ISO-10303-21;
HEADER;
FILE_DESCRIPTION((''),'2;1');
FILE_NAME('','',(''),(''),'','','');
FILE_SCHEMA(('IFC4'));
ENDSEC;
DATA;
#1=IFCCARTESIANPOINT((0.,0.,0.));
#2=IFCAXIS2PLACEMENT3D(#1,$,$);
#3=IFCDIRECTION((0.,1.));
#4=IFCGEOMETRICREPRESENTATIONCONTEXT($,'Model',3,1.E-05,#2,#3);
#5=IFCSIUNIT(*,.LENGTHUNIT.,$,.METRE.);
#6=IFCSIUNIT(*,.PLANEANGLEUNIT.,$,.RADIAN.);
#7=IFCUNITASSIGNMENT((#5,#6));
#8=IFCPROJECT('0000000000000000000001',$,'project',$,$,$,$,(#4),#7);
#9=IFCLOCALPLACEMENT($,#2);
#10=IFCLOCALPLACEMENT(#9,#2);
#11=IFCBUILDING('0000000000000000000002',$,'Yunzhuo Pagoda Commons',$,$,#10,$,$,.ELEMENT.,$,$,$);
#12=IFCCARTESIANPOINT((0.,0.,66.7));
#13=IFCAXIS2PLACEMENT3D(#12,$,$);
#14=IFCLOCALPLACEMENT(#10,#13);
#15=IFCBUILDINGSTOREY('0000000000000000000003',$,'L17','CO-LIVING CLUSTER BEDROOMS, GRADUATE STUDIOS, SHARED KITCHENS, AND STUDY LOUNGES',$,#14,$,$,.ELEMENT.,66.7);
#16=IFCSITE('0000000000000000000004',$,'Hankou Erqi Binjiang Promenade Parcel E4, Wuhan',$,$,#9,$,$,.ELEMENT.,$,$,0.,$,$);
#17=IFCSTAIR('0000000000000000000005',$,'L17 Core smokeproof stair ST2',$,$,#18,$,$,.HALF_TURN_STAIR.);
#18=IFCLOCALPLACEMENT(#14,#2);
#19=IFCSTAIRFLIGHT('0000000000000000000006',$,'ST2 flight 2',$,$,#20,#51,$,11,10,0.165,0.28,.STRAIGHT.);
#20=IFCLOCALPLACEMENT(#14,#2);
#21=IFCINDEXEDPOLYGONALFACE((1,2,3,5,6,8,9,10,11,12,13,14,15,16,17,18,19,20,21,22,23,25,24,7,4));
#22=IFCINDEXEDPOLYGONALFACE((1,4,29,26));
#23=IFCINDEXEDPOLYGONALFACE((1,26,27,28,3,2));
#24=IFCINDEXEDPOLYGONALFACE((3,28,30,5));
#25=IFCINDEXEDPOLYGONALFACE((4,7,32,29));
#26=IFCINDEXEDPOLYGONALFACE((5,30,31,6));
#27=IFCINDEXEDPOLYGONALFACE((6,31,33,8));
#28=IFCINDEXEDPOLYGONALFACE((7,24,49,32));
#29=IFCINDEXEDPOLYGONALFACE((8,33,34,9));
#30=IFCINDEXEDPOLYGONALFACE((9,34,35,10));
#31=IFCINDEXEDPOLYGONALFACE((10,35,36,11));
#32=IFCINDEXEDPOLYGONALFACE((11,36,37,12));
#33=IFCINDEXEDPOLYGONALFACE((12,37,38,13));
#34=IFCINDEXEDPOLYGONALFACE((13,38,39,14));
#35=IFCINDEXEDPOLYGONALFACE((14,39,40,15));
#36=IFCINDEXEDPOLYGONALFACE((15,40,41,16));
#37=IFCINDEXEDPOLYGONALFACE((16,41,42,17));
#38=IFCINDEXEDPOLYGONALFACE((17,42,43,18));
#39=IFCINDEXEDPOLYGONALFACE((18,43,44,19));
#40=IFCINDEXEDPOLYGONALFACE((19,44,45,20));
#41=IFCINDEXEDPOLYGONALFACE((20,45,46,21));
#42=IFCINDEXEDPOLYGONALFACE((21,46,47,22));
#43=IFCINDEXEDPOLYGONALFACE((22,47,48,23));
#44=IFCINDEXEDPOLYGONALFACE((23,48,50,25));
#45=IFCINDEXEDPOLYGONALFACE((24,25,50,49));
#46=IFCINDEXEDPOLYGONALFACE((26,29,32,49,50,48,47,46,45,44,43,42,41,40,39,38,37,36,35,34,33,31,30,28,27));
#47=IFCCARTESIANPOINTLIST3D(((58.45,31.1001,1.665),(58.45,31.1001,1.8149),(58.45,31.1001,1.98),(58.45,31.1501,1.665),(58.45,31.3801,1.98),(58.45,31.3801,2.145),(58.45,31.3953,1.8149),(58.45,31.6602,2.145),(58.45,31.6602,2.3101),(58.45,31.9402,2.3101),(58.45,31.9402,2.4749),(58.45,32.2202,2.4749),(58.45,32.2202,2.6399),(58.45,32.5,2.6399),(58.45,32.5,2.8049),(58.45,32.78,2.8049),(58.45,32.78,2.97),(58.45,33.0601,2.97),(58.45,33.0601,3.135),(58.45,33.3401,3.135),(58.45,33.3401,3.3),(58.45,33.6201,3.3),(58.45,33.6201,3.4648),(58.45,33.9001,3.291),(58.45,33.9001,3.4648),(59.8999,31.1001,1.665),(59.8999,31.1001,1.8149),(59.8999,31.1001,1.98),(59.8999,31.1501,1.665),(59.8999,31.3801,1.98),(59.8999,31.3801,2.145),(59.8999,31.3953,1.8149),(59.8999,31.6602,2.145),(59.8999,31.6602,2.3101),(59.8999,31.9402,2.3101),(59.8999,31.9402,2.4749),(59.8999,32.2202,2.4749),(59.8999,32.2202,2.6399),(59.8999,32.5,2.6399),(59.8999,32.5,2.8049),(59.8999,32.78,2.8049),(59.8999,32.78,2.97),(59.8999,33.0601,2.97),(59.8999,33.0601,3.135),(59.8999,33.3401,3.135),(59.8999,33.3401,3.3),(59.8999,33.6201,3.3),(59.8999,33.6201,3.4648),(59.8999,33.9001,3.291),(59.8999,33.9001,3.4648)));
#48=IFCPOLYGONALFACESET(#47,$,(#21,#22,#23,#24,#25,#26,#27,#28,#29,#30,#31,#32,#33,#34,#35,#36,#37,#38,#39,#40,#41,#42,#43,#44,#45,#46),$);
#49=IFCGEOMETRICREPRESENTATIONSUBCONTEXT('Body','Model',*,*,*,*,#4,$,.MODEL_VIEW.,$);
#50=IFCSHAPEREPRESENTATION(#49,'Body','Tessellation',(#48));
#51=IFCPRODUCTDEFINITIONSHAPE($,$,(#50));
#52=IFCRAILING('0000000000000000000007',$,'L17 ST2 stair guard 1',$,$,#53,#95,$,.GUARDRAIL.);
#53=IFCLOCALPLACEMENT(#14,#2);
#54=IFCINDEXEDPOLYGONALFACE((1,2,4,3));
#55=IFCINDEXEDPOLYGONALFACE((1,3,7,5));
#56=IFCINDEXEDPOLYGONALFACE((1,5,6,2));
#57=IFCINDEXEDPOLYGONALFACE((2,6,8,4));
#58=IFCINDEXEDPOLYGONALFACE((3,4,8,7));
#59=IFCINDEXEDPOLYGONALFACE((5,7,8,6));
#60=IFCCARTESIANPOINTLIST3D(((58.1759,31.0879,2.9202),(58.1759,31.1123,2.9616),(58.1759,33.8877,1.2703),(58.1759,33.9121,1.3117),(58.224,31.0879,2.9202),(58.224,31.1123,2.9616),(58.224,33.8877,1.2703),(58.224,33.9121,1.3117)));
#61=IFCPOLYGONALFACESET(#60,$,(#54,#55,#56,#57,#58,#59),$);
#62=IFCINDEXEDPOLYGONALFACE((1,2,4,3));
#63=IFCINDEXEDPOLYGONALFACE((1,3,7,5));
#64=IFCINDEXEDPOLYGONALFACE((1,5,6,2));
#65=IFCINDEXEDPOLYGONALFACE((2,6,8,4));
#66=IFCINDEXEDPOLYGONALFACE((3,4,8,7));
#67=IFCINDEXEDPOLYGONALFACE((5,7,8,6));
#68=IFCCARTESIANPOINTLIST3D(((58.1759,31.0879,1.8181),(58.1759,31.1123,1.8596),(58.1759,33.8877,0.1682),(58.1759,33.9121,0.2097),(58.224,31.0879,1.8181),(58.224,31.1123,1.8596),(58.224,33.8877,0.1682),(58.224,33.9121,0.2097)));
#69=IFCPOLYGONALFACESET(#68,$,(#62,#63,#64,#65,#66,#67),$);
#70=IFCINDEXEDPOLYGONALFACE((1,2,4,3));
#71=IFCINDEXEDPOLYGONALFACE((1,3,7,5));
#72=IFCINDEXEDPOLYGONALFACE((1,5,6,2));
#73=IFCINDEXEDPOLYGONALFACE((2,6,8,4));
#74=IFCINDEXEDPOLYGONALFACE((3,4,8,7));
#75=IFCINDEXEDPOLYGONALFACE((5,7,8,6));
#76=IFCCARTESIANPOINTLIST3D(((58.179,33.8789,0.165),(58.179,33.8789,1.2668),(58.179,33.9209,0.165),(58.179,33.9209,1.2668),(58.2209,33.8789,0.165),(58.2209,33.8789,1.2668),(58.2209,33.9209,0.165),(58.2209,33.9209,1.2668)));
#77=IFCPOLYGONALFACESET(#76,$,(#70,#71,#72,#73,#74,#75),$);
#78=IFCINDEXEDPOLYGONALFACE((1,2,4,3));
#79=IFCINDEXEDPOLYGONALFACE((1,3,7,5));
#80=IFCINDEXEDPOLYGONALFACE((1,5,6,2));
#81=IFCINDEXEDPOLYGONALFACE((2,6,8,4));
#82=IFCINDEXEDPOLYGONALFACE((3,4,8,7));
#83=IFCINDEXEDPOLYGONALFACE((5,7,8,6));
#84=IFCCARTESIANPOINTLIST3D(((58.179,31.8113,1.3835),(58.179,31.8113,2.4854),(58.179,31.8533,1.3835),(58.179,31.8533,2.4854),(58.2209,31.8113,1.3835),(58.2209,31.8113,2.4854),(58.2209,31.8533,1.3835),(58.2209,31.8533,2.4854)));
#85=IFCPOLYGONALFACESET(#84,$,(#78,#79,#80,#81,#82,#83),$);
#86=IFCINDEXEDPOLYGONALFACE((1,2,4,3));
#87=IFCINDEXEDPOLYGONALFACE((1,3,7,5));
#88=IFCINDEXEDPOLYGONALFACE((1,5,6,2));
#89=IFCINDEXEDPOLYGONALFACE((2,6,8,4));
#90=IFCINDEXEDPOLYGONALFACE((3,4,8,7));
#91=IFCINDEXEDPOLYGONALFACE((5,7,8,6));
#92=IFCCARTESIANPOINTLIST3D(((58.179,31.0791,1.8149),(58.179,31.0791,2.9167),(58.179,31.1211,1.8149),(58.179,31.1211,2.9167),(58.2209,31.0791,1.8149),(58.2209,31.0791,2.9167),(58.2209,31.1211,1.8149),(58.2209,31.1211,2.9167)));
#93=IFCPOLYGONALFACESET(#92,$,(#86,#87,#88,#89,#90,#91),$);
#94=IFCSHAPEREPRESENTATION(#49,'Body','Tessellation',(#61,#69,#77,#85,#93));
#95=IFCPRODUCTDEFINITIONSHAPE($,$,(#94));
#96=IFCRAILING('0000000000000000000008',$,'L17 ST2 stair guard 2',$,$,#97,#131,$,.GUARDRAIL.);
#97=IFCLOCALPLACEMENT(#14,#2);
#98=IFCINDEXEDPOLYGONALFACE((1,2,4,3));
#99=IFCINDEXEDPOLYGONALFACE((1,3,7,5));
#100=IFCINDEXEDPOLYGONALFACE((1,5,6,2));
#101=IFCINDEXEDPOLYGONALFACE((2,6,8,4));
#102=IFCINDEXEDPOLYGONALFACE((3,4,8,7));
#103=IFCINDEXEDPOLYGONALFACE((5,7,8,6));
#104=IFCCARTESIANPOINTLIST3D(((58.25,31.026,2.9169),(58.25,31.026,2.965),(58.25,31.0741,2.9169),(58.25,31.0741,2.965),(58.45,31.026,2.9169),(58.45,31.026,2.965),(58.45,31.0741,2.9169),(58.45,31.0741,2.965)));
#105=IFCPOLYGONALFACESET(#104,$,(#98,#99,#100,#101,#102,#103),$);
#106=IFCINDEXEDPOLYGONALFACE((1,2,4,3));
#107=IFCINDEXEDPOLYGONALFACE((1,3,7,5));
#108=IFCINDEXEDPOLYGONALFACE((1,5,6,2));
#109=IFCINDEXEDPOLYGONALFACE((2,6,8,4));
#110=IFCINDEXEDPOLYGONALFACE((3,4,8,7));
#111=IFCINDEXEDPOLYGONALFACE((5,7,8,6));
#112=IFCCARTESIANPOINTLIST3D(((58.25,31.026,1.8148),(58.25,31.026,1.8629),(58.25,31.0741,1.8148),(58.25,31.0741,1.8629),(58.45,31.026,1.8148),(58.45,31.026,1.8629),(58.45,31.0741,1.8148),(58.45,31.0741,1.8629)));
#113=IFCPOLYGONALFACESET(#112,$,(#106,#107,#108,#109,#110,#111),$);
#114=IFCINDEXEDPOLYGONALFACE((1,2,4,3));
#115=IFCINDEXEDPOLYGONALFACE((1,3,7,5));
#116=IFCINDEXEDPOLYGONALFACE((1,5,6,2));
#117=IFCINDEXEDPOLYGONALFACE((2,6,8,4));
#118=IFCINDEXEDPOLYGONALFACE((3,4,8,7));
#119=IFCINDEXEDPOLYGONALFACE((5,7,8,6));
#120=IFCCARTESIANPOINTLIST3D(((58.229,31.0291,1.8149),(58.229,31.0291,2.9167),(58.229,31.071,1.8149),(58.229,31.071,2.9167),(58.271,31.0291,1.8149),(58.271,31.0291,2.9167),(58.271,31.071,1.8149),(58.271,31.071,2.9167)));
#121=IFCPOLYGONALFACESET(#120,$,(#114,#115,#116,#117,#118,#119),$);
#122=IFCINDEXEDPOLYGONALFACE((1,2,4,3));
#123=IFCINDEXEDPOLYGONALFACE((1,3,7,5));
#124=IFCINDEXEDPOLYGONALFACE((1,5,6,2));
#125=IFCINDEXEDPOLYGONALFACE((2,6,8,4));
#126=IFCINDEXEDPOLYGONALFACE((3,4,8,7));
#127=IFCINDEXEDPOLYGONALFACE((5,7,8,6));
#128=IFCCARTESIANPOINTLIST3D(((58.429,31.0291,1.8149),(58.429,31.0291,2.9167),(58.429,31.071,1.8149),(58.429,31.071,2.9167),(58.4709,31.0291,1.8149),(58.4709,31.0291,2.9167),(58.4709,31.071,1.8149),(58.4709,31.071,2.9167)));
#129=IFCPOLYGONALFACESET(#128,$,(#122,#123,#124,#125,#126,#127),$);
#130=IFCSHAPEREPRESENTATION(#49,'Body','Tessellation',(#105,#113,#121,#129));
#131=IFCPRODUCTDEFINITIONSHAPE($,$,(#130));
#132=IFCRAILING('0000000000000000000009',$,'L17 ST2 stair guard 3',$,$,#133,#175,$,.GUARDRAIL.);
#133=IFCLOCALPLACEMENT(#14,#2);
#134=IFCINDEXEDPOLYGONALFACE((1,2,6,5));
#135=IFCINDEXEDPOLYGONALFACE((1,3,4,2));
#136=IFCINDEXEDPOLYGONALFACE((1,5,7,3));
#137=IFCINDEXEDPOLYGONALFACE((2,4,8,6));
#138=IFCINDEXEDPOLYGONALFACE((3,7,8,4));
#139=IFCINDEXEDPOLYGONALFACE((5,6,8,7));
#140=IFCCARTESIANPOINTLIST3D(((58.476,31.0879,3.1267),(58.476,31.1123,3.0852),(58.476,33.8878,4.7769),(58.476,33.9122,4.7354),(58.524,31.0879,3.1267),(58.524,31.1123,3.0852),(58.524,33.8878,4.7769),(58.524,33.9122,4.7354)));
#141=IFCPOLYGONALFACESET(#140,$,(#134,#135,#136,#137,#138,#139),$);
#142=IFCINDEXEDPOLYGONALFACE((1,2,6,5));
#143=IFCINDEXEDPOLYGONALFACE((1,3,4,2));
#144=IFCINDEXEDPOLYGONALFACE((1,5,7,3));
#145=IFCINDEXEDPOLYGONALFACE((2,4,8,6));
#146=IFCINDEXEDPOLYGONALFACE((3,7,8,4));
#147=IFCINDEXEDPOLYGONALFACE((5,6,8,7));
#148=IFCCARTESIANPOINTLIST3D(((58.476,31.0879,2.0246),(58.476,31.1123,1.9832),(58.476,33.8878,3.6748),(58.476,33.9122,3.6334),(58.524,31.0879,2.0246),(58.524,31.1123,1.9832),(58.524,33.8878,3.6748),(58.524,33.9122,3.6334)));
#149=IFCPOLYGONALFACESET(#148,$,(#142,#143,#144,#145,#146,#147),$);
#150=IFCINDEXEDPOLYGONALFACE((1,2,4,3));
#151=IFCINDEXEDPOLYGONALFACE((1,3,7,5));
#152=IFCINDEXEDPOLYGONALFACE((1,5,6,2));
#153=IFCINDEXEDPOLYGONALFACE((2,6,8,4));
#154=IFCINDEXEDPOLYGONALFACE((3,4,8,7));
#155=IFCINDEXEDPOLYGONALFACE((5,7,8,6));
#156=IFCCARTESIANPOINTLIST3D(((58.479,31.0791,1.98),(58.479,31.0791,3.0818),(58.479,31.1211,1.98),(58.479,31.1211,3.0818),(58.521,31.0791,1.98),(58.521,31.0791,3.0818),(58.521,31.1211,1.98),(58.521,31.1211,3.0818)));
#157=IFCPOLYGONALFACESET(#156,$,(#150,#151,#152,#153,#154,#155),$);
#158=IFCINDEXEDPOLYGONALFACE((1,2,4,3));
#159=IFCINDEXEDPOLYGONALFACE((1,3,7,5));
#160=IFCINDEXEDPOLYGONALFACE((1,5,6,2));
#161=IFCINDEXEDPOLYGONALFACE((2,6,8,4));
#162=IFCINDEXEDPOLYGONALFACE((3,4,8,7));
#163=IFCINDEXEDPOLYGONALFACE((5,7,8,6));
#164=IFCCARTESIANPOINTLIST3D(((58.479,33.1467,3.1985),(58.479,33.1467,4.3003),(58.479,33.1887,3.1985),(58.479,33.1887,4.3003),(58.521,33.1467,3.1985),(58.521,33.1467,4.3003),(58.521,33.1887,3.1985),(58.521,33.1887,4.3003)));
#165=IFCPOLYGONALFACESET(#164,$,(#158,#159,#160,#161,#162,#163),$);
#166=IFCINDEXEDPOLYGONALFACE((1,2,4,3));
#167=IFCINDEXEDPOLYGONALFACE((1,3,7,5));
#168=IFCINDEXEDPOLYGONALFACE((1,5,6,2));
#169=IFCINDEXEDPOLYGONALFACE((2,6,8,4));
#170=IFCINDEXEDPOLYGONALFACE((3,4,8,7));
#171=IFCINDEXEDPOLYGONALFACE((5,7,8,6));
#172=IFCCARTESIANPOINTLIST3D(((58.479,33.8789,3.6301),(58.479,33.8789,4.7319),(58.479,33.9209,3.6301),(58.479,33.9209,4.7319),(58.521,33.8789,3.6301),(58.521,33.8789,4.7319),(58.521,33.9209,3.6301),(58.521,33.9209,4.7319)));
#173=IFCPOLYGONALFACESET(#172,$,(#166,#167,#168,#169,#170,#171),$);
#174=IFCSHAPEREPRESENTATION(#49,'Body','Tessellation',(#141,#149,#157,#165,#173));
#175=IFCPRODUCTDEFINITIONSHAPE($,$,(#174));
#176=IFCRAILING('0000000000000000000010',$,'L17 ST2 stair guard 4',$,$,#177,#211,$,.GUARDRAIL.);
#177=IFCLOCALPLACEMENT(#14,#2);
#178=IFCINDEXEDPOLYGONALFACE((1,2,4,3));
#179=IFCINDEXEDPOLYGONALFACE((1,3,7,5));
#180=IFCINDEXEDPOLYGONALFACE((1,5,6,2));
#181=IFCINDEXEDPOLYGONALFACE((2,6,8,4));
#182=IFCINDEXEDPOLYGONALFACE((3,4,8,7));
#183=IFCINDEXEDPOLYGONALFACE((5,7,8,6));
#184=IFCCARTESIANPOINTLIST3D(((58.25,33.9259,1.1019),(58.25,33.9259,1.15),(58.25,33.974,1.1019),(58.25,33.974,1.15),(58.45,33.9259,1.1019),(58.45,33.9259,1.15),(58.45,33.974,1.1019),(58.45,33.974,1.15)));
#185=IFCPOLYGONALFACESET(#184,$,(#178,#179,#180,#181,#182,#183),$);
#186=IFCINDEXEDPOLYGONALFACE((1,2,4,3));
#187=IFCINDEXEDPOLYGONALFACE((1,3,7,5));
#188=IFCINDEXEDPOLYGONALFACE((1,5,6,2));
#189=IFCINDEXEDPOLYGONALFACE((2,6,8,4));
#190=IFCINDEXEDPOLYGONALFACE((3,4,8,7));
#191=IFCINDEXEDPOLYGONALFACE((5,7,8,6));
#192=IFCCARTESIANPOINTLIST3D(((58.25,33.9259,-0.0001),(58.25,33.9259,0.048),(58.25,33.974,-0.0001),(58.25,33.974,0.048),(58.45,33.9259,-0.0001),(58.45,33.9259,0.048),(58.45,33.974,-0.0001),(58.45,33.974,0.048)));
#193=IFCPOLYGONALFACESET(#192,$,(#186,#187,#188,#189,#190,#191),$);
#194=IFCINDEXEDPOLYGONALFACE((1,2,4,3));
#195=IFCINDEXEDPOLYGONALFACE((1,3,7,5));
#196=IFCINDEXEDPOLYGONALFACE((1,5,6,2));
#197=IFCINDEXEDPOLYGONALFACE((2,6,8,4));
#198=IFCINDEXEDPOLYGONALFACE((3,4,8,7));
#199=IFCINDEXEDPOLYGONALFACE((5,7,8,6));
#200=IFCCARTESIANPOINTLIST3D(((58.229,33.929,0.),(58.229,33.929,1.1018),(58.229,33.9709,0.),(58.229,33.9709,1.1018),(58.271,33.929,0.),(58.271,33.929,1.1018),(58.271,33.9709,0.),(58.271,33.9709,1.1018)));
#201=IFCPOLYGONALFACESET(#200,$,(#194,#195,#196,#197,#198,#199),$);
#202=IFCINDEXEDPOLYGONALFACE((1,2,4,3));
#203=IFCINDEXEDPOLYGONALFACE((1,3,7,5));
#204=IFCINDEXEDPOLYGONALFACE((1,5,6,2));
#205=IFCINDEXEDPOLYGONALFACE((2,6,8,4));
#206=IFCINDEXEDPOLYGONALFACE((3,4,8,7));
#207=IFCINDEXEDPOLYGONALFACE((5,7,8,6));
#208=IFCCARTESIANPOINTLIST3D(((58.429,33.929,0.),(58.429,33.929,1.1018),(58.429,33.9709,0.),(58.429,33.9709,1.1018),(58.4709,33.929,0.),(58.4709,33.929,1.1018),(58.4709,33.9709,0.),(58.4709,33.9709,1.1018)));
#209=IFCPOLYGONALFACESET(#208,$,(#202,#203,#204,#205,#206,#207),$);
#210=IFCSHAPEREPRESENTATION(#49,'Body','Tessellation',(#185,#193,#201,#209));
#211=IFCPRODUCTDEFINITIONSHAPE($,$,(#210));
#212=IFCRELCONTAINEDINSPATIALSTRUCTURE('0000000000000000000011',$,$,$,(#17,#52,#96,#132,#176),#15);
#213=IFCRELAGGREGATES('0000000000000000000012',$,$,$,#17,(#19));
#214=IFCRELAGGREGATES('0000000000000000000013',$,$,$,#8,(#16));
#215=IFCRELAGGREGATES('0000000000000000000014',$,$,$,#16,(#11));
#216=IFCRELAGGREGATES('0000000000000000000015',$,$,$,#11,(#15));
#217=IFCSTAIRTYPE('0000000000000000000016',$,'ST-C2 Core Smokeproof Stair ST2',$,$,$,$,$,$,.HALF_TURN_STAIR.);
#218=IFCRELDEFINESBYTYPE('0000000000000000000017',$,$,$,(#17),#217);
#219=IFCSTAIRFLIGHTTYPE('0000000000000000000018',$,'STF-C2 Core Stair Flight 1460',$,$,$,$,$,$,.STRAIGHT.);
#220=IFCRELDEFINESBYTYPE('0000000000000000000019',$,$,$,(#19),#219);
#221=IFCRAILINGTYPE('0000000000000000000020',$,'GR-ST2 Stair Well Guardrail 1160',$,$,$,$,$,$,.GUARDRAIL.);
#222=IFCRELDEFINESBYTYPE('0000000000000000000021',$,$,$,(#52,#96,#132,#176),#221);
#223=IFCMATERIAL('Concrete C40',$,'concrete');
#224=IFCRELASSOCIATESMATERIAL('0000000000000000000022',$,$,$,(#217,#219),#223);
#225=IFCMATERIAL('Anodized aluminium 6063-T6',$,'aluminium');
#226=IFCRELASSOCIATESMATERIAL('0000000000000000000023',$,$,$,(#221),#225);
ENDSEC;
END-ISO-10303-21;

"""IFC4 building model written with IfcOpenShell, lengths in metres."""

from ifc_helpers import new_model, si_unit, direction, frame, origin, origin_2d, place, context, subcontext, project, spatial, polyline, rectangle, outline, extrude, source, transform, mapped, material, type_object, element, aggregate, save


model = new_model("IFC4")

# Units and contexts
model_context = context("Model", 3, precision=1e-05, world=origin(), true_north=direction((0.0, 1.0)))
body_context = subcontext(model_context, "Body", "Model", "MODEL_VIEW")
ifc_project = project(units=[si_unit("LENGTHUNIT", "METRE"), si_unit("PLANEANGLEUNIT", "RADIAN")], contexts=[model_context])

# Site, building, storey
site_placement = place(None, origin())
site = spatial("IfcSite", under=ifc_project, at=site_placement, Name="Hankou Erqi Binjiang Promenade Parcel E4, Wuhan", CompositionType="ELEMENT", RefElevation=0.0)
building_placement = place(site_placement, origin())
building = spatial("IfcBuilding", under=site, at=building_placement, Name="Yunzhuo Pagoda Commons", CompositionType="ELEMENT")
storey_placement = place(building_placement, frame((0.0, 0.0, 66.7)))
storey = spatial("IfcBuildingStorey", under=building, at=storey_placement, Name="L17", Description="CO-LIVING CLUSTER BEDROOMS, GRADUATE STUDIOS, SHARED KITCHENS, AND STUDY LOUNGES", CompositionType="ELEMENT", Elevation=66.7)

# Shared definitions
ifc_material_1 = material(Name="Concrete C40", Category="concrete")

# Stair, stair flight
stair_type = type_object("IfcStairType", Name="ST-C2 Core Smokeproof Stair ST2", PredefinedType="HALF_TURN_STAIR", material=ifc_material_1)
stair_placement = place(storey_placement, origin())
stair = element("IfcStair", 1, at=stair_placement, inside=storey, type_object=stair_type, Name="L17 Core smokeproof stair ST2", PredefinedType="HALF_TURN_STAIR")
stair_flight_type = type_object("IfcStairFlightType", Name="STF-C2 Core Stair Flight 1460", PredefinedType="STRAIGHT", material=ifc_material_1)
shared_shape_1 = source(origin(), body_context, "Body", "SweptSolid", [
    extrude(outline(polyline([(0.0, -0.1499), (0.0, 0.0), (0.0, 0.165), (0.28, 0.165), (0.28, 0.3301), (0.5601, 0.3301), (0.5601, 0.4951), (0.8401, 0.4951), (0.8401, 0.6599), (1.1201, 0.6599), (1.1201, 0.825), (1.3999, 0.825), (1.3999, 0.99), (1.6799, 0.99), (1.6799, 1.155), (1.96, 1.155), (1.96, 1.3201), (2.24, 1.3201), (2.24, 1.4851), (2.52, 1.4851), (2.52, 1.6499), (2.8, 1.6499), (2.8, 1.8149), (2.8, 1.4761), (0.2952, 0.0), (0.05, -0.1499), (0.0, -0.1499)])), frame((0.0, 0.7251, 0.0), z_axis=(0.0, -1.0, 0.0), x_axis=(1.0, 0.0, 0.0)), (0.0, 0.0, 1.0), 1.45),
])
stair_flight_1_placement = place(storey_placement, frame((59.175, 31.1001, 1.8149), z_axis=(0.0, 0.0, 1.0), x_axis=(0.0, 1.0, 0.0)))
stair_flight_1 = element("IfcStairFlight", 2, at=stair_flight_1_placement, type_object=stair_flight_type, Name="ST2 flight 2", NumberOfRisers=11, NumberOfTreads=10, PredefinedType="STRAIGHT", RiserHeight=0.165, TreadLength=0.28, context=body_context, shape_type="MappedRepresentation", body=[
    mapped(shared_shape_1, transform((0.0, 0.0, 0.0), scale=1.0)),
])
aggregate(stair, [stair_flight_1])

# Railings
ifc_material_2 = material(Name="Anodized aluminium 6063-T6", Category="aluminium")
railing_type_1 = type_object("IfcRailingType", Name="GR-ST2 Stair Well Guardrail 1160", PredefinedType="GUARDRAIL", material=ifc_material_2)
railing_1_placement = place(storey_placement, frame((58.2, 33.8999, 0.165)))
element("IfcRailing", 3, at=railing_1_placement, inside=storey, type_object=railing_type_1, Name="L17 ST2 stair guard 1", PredefinedType="GUARDRAIL", context=body_context, shape_type="SweptSolid", body=[
    extrude(rectangle(XDim=0.0481, YDim=0.0481, at=origin_2d()), frame((0.0, 0.0, 1.126), z_axis=(0.0, -0.861536, 0.507696), x_axis=(1.0, 0.0, 0.0)), (0.0, 0.0, 1.0), 3.2498),
    extrude(rectangle(XDim=0.0481, YDim=0.0481, at=origin_2d()), frame((0.0, 0.0, 0.0239), z_axis=(0.0, -0.861536, 0.507696), x_axis=(1.0, 0.0, 0.0)), (0.0, 0.0, 1.0), 3.2498),
    extrude(rectangle(XDim=0.042, YDim=0.042, at=origin_2d()), origin(), (0.0, 0.0, 1.0), 1.1018),
    extrude(rectangle(XDim=0.042, YDim=0.042, at=origin_2d()), frame((0.0, -2.0676, 1.2185)), (0.0, 0.0, 1.0), 1.1018),
    extrude(rectangle(XDim=0.042, YDim=0.042, at=origin_2d()), frame((0.0, -2.7998, 1.6499)), (0.0, 0.0, 1.0), 1.1018),
])
railing_2_placement = place(storey_placement, frame((58.25, 31.05, 1.8149)))
element("IfcRailing", 4, at=railing_2_placement, inside=storey, type_object=railing_type_1, Name="L17 ST2 stair guard 2", PredefinedType="GUARDRAIL", context=body_context, shape_type="SweptSolid", body=[
    extrude(rectangle(XDim=0.0481, YDim=0.0481, at=origin_2d()), frame((0.0, 0.0, 1.126), z_axis=(1.0, 0.0, 0.0), x_axis=(0.0, 1.0, 0.0)), (0.0, 0.0, 1.0), 0.2),
    extrude(rectangle(XDim=0.0481, YDim=0.0481, at=origin_2d()), frame((0.0, 0.0, 0.0239), z_axis=(1.0, 0.0, 0.0), x_axis=(0.0, 1.0, 0.0)), (0.0, 0.0, 1.0), 0.2),
    extrude(rectangle(XDim=0.042, YDim=0.042, at=origin_2d()), origin(), (0.0, 0.0, 1.0), 1.1018),
    extrude(rectangle(XDim=0.042, YDim=0.042, at=origin_2d()), frame((0.2, 0.0, 0.0)), (0.0, 0.0, 1.0), 1.1018),
])
railing_3_placement = place(storey_placement, frame((58.5, 31.1001, 1.98)))
element("IfcRailing", 5, at=railing_3_placement, inside=storey, type_object=railing_type_1, Name="L17 ST2 stair guard 3", PredefinedType="GUARDRAIL", context=body_context, shape_type="SweptSolid", body=[
    extrude(rectangle(XDim=0.0481, YDim=0.0481, at=origin_2d()), frame((0.0, 0.0, 1.126), z_axis=(0.0, 0.861503, 0.507752), x_axis=(-1.0, 0.0, 0.0)), (0.0, 0.0, 1.0), 3.25),
    extrude(rectangle(XDim=0.0481, YDim=0.0481, at=origin_2d()), frame((0.0, 0.0, 0.0239), z_axis=(0.0, 0.861503, 0.507752), x_axis=(-1.0, 0.0, 0.0)), (0.0, 0.0, 1.0), 3.25),
    extrude(rectangle(XDim=0.042, YDim=0.042, at=origin_2d()), origin(), (0.0, 0.0, 1.0), 1.1018),
    extrude(rectangle(XDim=0.042, YDim=0.042, at=origin_2d()), frame((0.0, 2.0676, 1.2185)), (0.0, 0.0, 1.0), 1.1018),
    extrude(rectangle(XDim=0.042, YDim=0.042, at=origin_2d()), frame((0.0, 2.7998, 1.6501)), (0.0, 0.0, 1.0), 1.1018),
])
railing_4_placement = place(storey_placement, frame((58.25, 33.95, 0.0)))
element("IfcRailing", 6, at=railing_4_placement, inside=storey, type_object=railing_type_1, Name="L17 ST2 stair guard 4", PredefinedType="GUARDRAIL", context=body_context, shape_type="SweptSolid", body=[
    extrude(rectangle(XDim=0.0481, YDim=0.0481, at=origin_2d()), frame((0.0, 0.0, 1.126), z_axis=(1.0, 0.0, 0.0), x_axis=(0.0, 1.0, 0.0)), (0.0, 0.0, 1.0), 0.2),
    extrude(rectangle(XDim=0.0481, YDim=0.0481, at=origin_2d()), frame((0.0, 0.0, 0.0239), z_axis=(1.0, 0.0, 0.0), x_axis=(0.0, 1.0, 0.0)), (0.0, 0.0, 1.0), 0.2),
    extrude(rectangle(XDim=0.042, YDim=0.042, at=origin_2d()), origin(), (0.0, 0.0, 1.0), 1.1018),
    extrude(rectangle(XDim=0.042, YDim=0.042, at=origin_2d()), frame((0.2, 0.0, 0.0)), (0.0, 0.0, 1.0), 1.1018),
])

save(model, "model.ifc")
